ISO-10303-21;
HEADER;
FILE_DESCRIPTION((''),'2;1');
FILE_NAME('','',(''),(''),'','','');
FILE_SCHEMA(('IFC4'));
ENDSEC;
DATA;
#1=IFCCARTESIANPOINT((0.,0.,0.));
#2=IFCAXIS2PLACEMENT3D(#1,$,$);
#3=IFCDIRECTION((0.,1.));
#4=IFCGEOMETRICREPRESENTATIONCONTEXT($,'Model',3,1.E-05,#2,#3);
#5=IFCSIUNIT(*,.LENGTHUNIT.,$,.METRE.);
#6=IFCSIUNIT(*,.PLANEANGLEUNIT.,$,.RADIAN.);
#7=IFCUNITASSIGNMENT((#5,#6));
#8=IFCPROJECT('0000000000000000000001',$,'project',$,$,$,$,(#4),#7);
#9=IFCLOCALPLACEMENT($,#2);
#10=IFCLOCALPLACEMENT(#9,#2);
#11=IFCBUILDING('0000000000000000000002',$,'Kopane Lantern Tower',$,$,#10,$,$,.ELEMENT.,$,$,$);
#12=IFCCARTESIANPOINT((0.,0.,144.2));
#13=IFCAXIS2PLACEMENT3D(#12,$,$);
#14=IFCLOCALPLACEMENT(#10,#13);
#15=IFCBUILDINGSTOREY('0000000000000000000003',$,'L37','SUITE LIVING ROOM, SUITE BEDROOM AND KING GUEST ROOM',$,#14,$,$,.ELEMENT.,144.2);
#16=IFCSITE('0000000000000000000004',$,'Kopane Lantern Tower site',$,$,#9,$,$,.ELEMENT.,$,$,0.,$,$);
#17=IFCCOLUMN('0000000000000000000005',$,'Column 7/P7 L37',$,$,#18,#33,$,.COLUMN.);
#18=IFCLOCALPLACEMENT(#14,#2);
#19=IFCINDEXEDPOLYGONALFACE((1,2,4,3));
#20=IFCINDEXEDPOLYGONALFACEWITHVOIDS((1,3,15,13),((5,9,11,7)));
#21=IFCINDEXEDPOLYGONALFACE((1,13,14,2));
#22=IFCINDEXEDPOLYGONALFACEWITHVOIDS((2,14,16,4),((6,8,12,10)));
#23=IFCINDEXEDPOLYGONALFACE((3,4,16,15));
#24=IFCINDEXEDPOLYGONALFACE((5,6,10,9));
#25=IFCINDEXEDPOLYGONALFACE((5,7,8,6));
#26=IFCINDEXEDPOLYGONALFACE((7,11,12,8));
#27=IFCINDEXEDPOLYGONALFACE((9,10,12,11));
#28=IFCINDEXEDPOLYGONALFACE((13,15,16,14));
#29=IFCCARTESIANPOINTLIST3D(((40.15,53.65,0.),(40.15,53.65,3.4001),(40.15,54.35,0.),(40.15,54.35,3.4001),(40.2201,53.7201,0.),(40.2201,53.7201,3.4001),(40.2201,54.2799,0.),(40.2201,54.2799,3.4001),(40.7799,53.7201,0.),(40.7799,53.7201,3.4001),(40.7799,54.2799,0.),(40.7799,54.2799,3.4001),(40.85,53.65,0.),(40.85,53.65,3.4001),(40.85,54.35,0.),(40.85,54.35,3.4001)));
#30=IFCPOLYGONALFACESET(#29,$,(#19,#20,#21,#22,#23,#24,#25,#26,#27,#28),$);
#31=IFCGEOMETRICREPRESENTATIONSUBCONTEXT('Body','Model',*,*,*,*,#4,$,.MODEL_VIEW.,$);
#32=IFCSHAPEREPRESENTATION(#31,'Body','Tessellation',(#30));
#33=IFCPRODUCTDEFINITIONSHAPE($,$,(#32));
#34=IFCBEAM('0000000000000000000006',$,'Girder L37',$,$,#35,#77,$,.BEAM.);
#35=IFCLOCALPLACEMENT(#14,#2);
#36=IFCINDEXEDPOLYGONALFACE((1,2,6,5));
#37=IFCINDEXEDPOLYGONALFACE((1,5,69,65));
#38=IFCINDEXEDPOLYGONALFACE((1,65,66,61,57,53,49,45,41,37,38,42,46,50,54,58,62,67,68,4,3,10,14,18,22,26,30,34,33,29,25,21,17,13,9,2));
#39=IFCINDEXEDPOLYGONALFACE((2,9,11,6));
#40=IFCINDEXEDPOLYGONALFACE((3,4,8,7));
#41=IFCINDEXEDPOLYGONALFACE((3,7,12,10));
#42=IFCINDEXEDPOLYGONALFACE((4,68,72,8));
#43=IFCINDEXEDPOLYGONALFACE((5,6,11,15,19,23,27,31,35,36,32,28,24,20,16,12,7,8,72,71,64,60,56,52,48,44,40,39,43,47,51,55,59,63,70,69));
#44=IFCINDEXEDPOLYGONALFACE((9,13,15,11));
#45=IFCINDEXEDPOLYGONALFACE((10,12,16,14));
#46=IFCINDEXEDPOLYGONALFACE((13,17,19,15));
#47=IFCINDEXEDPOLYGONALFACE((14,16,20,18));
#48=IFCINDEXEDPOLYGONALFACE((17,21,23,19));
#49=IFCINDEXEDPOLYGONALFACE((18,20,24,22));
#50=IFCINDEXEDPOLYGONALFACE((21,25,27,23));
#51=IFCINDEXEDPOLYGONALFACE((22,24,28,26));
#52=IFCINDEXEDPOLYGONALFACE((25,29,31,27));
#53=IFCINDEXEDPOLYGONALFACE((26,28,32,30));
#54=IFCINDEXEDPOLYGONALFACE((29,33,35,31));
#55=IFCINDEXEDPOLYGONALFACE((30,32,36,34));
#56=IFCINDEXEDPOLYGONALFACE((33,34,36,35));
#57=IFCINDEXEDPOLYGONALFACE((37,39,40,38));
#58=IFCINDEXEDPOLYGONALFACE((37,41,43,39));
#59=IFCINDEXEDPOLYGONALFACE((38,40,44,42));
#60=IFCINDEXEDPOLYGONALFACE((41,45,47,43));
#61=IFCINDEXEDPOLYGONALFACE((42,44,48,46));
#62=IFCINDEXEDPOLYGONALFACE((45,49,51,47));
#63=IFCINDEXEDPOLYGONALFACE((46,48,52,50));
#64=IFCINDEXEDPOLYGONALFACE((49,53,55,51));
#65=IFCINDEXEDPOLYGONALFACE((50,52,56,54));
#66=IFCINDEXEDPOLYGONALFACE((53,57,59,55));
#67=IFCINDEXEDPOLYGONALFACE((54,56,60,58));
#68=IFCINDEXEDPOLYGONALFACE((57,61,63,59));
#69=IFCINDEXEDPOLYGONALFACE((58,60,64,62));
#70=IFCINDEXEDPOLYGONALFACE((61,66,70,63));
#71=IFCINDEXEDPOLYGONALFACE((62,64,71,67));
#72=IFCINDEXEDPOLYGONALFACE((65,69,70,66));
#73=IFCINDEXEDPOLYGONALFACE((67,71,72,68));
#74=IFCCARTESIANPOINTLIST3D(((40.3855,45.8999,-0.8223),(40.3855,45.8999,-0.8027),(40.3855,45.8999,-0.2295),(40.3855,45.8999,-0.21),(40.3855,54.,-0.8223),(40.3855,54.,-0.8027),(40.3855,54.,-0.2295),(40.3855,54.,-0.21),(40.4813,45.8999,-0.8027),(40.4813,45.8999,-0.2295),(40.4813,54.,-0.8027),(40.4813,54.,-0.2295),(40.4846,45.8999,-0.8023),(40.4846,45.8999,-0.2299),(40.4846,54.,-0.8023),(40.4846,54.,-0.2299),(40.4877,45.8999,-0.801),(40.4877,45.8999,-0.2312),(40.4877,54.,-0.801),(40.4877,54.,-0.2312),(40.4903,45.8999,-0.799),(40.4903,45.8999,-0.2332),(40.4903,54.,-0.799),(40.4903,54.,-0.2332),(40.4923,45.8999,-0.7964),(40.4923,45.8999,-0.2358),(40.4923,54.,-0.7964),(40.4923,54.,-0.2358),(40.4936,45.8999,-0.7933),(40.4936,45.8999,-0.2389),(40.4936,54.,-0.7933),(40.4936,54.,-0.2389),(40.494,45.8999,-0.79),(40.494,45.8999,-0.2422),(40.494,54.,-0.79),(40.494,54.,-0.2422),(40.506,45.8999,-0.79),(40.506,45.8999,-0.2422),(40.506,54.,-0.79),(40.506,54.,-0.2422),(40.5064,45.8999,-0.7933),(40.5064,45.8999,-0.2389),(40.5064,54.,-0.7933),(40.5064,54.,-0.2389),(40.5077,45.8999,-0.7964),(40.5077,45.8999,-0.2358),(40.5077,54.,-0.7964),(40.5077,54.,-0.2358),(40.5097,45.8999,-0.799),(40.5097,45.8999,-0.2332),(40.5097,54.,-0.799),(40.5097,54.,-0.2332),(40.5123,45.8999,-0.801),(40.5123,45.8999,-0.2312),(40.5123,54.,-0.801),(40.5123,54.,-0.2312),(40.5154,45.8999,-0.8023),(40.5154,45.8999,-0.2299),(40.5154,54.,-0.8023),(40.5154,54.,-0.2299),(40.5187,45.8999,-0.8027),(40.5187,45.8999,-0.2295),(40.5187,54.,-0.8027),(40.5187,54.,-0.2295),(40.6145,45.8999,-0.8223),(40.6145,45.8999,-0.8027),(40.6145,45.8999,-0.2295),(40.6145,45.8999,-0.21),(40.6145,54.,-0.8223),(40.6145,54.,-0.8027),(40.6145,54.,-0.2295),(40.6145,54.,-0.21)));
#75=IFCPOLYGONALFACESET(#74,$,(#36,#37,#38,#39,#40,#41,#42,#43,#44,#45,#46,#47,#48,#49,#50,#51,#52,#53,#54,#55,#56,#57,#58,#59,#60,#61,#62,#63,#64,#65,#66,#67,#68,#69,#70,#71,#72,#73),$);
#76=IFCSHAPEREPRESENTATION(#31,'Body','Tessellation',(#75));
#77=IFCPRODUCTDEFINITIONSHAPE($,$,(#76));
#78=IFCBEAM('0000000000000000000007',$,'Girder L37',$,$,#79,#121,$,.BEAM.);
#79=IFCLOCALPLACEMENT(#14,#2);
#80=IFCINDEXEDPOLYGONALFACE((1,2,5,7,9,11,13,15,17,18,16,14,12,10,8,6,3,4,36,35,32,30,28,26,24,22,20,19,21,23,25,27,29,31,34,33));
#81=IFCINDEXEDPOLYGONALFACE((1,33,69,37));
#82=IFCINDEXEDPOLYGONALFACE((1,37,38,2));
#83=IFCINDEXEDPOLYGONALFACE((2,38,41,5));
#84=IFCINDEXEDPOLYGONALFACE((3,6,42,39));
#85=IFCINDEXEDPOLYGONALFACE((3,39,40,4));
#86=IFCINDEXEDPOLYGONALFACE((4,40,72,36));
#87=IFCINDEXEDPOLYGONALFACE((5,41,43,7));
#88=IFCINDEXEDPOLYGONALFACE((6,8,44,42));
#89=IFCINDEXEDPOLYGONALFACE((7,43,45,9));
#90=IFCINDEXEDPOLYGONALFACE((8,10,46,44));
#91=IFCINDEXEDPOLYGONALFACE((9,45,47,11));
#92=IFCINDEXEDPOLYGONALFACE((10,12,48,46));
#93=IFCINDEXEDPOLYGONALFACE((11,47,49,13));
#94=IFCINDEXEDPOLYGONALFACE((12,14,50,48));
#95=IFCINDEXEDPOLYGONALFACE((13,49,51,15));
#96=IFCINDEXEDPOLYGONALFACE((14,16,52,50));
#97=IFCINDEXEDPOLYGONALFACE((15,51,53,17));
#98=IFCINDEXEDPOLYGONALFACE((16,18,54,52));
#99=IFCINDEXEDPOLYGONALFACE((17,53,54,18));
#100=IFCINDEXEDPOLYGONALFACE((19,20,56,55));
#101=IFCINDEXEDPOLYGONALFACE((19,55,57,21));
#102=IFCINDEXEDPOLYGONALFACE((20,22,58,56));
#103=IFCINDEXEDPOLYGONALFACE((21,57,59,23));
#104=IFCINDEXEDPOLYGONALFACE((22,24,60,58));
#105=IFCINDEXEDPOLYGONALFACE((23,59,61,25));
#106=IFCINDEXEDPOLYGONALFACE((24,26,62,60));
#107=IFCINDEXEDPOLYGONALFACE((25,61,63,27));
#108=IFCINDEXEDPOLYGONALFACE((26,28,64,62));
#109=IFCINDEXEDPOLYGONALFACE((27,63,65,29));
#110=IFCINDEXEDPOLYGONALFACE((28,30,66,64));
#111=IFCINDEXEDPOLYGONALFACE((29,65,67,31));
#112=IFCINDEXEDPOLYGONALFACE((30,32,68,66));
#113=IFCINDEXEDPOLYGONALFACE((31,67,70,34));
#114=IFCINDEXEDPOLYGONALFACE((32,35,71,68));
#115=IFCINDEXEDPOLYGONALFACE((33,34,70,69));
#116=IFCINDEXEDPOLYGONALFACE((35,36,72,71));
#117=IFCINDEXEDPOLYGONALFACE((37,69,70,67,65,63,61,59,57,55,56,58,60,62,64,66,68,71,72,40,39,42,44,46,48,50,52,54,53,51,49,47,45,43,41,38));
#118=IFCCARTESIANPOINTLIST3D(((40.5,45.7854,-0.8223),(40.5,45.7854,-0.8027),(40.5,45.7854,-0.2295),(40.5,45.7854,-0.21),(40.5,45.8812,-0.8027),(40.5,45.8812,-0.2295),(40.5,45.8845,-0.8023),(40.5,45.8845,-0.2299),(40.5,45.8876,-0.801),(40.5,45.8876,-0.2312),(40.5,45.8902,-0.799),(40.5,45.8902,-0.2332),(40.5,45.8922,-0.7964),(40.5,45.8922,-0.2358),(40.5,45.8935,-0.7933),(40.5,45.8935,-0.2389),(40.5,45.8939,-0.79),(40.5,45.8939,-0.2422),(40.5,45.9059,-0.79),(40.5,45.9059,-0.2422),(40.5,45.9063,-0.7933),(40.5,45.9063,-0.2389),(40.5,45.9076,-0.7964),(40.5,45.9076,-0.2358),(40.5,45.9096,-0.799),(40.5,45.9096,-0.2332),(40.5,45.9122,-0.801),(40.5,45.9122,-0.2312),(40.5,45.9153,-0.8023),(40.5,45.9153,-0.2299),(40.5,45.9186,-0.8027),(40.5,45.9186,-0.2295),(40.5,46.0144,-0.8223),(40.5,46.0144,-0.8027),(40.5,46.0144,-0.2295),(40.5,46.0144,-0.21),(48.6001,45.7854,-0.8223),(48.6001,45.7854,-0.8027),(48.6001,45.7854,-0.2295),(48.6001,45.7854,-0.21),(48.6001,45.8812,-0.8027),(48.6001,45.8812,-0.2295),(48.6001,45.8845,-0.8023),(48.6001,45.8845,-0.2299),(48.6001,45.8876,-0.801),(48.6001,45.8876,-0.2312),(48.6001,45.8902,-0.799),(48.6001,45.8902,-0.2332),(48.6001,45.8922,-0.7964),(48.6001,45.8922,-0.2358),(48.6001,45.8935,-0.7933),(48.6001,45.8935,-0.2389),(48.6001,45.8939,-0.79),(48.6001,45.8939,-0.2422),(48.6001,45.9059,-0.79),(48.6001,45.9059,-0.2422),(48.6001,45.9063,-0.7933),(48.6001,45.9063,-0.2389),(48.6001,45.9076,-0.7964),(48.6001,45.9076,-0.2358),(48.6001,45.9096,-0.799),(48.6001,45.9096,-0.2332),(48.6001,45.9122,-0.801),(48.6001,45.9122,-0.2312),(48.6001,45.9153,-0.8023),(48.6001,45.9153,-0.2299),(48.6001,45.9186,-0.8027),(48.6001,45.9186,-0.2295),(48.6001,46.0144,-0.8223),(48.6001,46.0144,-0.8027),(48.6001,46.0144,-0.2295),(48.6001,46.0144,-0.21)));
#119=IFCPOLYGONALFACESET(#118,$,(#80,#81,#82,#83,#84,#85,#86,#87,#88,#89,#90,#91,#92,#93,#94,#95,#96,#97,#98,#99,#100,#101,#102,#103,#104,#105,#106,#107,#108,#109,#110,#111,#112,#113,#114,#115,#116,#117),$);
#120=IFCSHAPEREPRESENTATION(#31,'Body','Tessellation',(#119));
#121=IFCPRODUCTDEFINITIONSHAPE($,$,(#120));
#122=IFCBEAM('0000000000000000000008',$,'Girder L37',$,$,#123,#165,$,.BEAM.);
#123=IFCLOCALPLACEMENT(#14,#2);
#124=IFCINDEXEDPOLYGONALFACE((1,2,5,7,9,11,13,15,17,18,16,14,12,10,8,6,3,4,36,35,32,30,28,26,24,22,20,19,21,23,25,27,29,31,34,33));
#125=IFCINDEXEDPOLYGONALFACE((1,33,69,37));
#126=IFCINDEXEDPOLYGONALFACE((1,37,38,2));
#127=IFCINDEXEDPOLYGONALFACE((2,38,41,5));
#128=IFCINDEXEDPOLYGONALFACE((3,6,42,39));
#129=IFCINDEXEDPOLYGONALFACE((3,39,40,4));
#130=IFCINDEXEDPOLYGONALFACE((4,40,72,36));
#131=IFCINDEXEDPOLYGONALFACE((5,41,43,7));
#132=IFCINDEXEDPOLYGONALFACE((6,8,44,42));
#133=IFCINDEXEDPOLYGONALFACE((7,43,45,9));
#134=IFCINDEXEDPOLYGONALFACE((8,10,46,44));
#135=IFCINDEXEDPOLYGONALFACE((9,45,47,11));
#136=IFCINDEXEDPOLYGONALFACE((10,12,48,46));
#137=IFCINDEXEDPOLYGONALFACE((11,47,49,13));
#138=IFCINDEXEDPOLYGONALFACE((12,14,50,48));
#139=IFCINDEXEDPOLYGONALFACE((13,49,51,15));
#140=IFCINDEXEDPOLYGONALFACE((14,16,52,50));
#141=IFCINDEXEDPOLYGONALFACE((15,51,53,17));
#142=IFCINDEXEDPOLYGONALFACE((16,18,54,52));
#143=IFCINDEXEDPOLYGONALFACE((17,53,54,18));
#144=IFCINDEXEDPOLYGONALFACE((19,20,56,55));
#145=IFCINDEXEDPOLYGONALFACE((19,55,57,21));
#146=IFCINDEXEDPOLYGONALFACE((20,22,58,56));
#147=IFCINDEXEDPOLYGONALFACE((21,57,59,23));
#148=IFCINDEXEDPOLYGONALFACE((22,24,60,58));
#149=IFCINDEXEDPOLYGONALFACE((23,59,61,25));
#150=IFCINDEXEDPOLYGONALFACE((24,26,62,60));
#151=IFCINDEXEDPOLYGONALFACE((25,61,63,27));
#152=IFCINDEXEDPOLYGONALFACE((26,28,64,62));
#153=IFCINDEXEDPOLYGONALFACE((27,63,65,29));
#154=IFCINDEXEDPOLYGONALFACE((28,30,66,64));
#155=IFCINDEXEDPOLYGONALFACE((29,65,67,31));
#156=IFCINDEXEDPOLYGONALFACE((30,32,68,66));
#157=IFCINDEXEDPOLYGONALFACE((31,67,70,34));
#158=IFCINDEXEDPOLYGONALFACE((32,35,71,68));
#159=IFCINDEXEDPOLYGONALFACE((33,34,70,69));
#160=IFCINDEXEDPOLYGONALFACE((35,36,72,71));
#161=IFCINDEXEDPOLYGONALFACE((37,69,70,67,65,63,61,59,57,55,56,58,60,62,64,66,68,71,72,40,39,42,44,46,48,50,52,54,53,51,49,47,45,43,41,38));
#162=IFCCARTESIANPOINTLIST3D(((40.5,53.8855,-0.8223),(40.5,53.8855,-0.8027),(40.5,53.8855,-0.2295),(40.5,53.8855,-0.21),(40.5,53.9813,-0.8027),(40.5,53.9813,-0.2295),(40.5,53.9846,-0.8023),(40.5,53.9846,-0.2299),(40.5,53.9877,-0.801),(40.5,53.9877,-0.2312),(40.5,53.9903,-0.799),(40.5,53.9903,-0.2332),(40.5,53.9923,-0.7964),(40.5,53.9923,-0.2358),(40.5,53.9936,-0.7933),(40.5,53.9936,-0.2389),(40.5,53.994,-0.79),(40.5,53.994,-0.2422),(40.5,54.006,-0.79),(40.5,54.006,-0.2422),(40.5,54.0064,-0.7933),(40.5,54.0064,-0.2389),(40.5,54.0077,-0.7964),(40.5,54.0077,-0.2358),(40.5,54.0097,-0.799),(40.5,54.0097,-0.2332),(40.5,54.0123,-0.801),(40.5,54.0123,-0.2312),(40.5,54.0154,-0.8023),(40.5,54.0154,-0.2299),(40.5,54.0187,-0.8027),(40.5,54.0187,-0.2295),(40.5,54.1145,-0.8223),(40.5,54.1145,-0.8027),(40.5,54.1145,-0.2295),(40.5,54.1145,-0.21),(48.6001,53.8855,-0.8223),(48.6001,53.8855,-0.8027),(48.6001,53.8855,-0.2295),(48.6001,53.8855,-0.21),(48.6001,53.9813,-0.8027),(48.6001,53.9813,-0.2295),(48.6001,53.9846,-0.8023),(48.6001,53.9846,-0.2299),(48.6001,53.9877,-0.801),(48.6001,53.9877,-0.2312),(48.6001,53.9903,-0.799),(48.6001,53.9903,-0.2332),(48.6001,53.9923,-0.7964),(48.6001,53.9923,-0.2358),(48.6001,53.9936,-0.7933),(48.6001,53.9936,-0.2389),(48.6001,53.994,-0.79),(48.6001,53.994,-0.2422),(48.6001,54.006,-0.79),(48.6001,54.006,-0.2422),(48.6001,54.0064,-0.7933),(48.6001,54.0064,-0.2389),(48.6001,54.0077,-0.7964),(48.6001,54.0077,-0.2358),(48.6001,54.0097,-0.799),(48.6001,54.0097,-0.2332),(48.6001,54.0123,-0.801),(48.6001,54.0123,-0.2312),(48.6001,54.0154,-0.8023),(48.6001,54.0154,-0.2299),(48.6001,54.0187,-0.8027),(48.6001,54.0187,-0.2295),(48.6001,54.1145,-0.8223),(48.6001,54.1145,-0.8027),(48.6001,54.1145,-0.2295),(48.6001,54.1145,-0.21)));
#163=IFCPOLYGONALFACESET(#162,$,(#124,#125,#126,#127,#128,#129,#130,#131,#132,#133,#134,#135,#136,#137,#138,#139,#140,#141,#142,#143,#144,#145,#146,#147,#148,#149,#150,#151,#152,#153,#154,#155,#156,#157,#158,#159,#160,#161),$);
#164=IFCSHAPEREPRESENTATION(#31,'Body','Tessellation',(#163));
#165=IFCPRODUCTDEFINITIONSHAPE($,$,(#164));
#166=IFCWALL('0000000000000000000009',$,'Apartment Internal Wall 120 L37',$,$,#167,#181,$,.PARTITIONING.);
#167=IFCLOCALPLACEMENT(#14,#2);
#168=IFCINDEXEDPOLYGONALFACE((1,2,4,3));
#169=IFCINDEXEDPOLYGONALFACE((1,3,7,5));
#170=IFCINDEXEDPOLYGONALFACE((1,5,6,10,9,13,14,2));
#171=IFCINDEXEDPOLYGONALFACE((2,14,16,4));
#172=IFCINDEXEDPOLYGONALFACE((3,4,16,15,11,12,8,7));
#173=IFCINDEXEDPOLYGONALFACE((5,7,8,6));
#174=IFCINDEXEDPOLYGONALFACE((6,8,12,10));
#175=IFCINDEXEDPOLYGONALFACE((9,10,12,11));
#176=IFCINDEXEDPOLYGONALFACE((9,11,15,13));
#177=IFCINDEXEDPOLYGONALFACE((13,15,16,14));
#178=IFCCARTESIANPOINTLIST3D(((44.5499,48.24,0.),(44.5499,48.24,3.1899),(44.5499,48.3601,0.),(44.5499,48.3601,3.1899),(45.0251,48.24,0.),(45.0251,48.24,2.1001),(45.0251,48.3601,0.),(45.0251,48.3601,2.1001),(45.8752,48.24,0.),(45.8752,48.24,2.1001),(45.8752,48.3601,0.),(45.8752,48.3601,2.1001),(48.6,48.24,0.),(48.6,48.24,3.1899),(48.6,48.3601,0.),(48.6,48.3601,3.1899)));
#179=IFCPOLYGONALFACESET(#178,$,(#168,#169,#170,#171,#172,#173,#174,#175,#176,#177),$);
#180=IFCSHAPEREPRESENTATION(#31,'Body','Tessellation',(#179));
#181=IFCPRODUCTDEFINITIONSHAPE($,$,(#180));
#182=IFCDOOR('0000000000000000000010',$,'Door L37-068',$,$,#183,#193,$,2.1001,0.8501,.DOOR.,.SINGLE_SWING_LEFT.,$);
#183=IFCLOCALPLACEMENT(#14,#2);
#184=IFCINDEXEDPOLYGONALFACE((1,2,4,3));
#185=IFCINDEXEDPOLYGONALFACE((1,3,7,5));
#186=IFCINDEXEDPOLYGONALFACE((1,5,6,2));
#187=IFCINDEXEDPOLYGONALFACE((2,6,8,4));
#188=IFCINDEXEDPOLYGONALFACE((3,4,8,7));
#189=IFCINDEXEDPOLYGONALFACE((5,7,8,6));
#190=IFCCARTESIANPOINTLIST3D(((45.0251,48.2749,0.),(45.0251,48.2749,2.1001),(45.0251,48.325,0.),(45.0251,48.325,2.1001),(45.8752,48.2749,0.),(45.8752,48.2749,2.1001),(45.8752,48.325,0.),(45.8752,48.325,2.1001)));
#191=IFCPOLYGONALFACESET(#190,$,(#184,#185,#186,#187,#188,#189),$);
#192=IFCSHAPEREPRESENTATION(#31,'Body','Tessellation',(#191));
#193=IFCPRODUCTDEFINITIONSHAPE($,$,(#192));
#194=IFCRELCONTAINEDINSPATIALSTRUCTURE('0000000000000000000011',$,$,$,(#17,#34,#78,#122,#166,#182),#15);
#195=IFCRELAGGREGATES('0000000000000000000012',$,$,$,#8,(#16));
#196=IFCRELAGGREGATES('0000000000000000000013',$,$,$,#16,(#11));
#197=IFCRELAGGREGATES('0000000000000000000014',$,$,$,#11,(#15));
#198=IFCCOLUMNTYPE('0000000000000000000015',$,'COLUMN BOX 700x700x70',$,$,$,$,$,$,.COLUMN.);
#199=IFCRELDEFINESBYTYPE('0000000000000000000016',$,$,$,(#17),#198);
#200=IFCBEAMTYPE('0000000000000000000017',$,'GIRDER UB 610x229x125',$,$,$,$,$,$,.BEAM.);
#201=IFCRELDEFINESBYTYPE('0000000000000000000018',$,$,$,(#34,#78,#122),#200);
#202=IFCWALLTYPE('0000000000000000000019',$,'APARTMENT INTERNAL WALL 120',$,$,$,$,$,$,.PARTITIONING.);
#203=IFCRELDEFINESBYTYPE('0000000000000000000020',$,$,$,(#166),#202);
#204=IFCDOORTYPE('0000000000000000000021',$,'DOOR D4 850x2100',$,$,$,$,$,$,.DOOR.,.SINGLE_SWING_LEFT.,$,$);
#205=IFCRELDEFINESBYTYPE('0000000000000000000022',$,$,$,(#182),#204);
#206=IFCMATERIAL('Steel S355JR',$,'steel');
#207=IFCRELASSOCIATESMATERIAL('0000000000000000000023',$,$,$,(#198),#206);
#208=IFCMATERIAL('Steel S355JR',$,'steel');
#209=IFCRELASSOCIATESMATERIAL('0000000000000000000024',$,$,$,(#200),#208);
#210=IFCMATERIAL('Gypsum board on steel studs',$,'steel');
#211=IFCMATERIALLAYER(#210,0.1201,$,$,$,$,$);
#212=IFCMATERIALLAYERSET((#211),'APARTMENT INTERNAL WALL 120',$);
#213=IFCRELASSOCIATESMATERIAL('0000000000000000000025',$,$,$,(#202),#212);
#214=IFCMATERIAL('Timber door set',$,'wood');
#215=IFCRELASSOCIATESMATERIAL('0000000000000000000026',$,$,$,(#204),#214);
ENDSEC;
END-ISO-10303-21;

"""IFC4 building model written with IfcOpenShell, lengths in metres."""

from ifc_helpers import new_model, si_unit, direction, frame, frame_2d, origin, origin_2d, place, context, subcontext, project, spatial, rectangle, hollow_rectangle, i_section, extrude, material, layer, layer_set, material_profile, profile_set, type_object, element, fill, save


model = new_model("IFC4")

# Units and contexts
model_context = context("Model", 3, precision=1e-05, world=origin(), true_north=direction((0.0, 1.0)))
body_context = subcontext(model_context, "Body", "Model", "MODEL_VIEW")
ifc_project = project(units=[si_unit("LENGTHUNIT", "METRE"), si_unit("PLANEANGLEUNIT", "RADIAN")], contexts=[model_context])

# Site, building, storey
site_placement = place(None, origin())
site = spatial("IfcSite", under=ifc_project, at=site_placement, Name="Kopane Lantern Tower site", CompositionType="ELEMENT", RefElevation=0.0)
building_placement = place(site_placement, origin())
building = spatial("IfcBuilding", under=site, at=building_placement, Name="Kopane Lantern Tower", CompositionType="ELEMENT")
storey_placement = place(building_placement, frame((0.0, 0.0, 144.2)))
storey = spatial("IfcBuildingStorey", under=building, at=storey_placement, Name="L37", Description="SUITE LIVING ROOM, SUITE BEDROOM AND KING GUEST ROOM", CompositionType="ELEMENT", Elevation=144.2)

# Column
ifc_material_1 = material(Name="Steel S355JR", Category="steel")
ifc_material_profile_1 = material_profile(ifc_material_1, hollow_rectangle(XDim=0.7, YDim=0.7, WallThickness=0.0701, at=origin_2d()), Name="BOX 700x700x70")
ifc_profile_set_1 = profile_set([ifc_material_profile_1], Name="Steel S355JR")
column_type = type_object("IfcColumnType", Name="COLUMN BOX 700x700x70", PredefinedType="COLUMN", material=ifc_profile_set_1)
column_placement = place(storey_placement, frame((40.5, 54.0, 0.0), z_axis=(0.0, 0.0, 1.0), x_axis=(1.0, 0.0, 0.0)))
element("IfcColumn", 1, at=column_placement, inside=storey, type_object=column_type, Name="Column 7/P7 L37", PredefinedType="COLUMN", context=body_context, shape_type="SweptSolid", body=[
    extrude(hollow_rectangle(XDim=0.7, YDim=0.7, WallThickness=0.0701, at=origin_2d()), origin(), (0.0, 0.0, 1.0), 3.4001),
])

# Beams
ifc_material_2 = material(Name="Steel S355JR", Category="steel")
ifc_material_profile_2 = material_profile(ifc_material_2, i_section(OverallWidth=0.229, OverallDepth=0.6123, WebThickness=0.012, FlangeThickness=0.0195, FilletRadius=0.0127, at=origin_2d()), Name="UB 610x229x125")
ifc_profile_set_2 = profile_set([ifc_material_profile_2], Name="Steel S355JR")
beam_type = type_object("IfcBeamType", Name="GIRDER UB 610x229x125", PredefinedType="BEAM", material=ifc_profile_set_2)
for number, where, z_axis, x_axis, name in (
    (2, (40.5, 45.8999, -0.5161), (0.0, 1.0, 0.0), (-1.0, 0.0, 0.0), "Girder L37"),
    (3, (40.5, 45.8999, -0.5161), (1.0, 0.0, 0.0), (0.0, 1.0, 0.0), "Girder L37"),
    (4, (40.5, 54.0, -0.5161), (1.0, 0.0, 0.0), (0.0, 1.0, 0.0), "Girder L37"),
):
    element("IfcBeam", number, at=place(storey_placement, frame(where, z_axis=z_axis, x_axis=x_axis)), inside=storey, type_object=beam_type, Name=name, PredefinedType="BEAM", context=body_context, shape_type="SweptSolid", body=[
        extrude(i_section(OverallWidth=0.229, OverallDepth=0.6123, WebThickness=0.012, FlangeThickness=0.0195, FilletRadius=0.0127, at=origin_2d()), origin(), (0.0, 0.0, 1.0), 8.1001),
    ])

# Wall, opening, door
ifc_material_3 = material(Name="Gypsum board on steel studs", Category="steel")
ifc_layer_1 = layer(ifc_material_3, 0.1201)
ifc_layer_set_1 = layer_set([ifc_layer_1], Name="APARTMENT INTERNAL WALL 120")
wall_type_1 = type_object("IfcWallType", Name="APARTMENT INTERNAL WALL 120", PredefinedType="PARTITIONING", material=ifc_layer_set_1)
wall_1_placement = place(storey_placement, frame((44.55, 48.3, 0.0), z_axis=(0.0, 0.0, 1.0), x_axis=(1.0, 0.0, 0.0)))
wall_1 = element("IfcWall", 5, at=wall_1_placement, inside=storey, type_object=wall_type_1, Name="Apartment Internal Wall 120 L37", PredefinedType="PARTITIONING", context=body_context, shape_type="SweptSolid", body=[
    extrude(rectangle(XDim=4.05, YDim=0.1201, at=frame_2d((2.0249, 0.0))), origin(), (0.0, 0.0, 1.0), 3.1899),
])
opening_1_placement = place(wall_1_placement, frame((0.4751, 0.0, 0.0)))
opening_1 = element("IfcOpeningElement", 6, at=opening_1_placement, cuts=wall_1, PredefinedType="OPENING", context=body_context, shape_type="SweptSolid", body=[
    extrude(rectangle(XDim=0.8501, YDim=2.1001, at=frame_2d((0.425, 1.05))), frame((0.0, 0.0701, 0.0), z_axis=(0.0, -1.0, 0.0), x_axis=(1.0, 0.0, 0.0)), (0.0, 0.0, 1.0), 0.1401),
])
ifc_material_4 = material(Name="Timber door set", Category="wood")
door_type_1 = type_object("IfcDoorType", Name="DOOR D4 850x2100", OperationType="SINGLE_SWING_LEFT", PredefinedType="DOOR", material=ifc_material_4)
door_1_placement = place(opening_1_placement, origin())
door_1 = element("IfcDoor", 7, at=door_1_placement, inside=storey, type_object=door_type_1, Name="Door L37-068", OperationType="SINGLE_SWING_LEFT", OverallHeight=2.1001, OverallWidth=0.8501, PredefinedType="DOOR", context=body_context, shape_type="SweptSolid", body=[
    extrude(rectangle(XDim=0.8501, YDim=2.1001, at=frame_2d((0.425, 1.05))), frame((0.0, 0.0249, 0.0), z_axis=(0.0, -1.0, 0.0), x_axis=(1.0, 0.0, 0.0)), (0.0, 0.0, 1.0), 0.05),
])
fill(opening_1, door_1)

save(model, "model.ifc")
